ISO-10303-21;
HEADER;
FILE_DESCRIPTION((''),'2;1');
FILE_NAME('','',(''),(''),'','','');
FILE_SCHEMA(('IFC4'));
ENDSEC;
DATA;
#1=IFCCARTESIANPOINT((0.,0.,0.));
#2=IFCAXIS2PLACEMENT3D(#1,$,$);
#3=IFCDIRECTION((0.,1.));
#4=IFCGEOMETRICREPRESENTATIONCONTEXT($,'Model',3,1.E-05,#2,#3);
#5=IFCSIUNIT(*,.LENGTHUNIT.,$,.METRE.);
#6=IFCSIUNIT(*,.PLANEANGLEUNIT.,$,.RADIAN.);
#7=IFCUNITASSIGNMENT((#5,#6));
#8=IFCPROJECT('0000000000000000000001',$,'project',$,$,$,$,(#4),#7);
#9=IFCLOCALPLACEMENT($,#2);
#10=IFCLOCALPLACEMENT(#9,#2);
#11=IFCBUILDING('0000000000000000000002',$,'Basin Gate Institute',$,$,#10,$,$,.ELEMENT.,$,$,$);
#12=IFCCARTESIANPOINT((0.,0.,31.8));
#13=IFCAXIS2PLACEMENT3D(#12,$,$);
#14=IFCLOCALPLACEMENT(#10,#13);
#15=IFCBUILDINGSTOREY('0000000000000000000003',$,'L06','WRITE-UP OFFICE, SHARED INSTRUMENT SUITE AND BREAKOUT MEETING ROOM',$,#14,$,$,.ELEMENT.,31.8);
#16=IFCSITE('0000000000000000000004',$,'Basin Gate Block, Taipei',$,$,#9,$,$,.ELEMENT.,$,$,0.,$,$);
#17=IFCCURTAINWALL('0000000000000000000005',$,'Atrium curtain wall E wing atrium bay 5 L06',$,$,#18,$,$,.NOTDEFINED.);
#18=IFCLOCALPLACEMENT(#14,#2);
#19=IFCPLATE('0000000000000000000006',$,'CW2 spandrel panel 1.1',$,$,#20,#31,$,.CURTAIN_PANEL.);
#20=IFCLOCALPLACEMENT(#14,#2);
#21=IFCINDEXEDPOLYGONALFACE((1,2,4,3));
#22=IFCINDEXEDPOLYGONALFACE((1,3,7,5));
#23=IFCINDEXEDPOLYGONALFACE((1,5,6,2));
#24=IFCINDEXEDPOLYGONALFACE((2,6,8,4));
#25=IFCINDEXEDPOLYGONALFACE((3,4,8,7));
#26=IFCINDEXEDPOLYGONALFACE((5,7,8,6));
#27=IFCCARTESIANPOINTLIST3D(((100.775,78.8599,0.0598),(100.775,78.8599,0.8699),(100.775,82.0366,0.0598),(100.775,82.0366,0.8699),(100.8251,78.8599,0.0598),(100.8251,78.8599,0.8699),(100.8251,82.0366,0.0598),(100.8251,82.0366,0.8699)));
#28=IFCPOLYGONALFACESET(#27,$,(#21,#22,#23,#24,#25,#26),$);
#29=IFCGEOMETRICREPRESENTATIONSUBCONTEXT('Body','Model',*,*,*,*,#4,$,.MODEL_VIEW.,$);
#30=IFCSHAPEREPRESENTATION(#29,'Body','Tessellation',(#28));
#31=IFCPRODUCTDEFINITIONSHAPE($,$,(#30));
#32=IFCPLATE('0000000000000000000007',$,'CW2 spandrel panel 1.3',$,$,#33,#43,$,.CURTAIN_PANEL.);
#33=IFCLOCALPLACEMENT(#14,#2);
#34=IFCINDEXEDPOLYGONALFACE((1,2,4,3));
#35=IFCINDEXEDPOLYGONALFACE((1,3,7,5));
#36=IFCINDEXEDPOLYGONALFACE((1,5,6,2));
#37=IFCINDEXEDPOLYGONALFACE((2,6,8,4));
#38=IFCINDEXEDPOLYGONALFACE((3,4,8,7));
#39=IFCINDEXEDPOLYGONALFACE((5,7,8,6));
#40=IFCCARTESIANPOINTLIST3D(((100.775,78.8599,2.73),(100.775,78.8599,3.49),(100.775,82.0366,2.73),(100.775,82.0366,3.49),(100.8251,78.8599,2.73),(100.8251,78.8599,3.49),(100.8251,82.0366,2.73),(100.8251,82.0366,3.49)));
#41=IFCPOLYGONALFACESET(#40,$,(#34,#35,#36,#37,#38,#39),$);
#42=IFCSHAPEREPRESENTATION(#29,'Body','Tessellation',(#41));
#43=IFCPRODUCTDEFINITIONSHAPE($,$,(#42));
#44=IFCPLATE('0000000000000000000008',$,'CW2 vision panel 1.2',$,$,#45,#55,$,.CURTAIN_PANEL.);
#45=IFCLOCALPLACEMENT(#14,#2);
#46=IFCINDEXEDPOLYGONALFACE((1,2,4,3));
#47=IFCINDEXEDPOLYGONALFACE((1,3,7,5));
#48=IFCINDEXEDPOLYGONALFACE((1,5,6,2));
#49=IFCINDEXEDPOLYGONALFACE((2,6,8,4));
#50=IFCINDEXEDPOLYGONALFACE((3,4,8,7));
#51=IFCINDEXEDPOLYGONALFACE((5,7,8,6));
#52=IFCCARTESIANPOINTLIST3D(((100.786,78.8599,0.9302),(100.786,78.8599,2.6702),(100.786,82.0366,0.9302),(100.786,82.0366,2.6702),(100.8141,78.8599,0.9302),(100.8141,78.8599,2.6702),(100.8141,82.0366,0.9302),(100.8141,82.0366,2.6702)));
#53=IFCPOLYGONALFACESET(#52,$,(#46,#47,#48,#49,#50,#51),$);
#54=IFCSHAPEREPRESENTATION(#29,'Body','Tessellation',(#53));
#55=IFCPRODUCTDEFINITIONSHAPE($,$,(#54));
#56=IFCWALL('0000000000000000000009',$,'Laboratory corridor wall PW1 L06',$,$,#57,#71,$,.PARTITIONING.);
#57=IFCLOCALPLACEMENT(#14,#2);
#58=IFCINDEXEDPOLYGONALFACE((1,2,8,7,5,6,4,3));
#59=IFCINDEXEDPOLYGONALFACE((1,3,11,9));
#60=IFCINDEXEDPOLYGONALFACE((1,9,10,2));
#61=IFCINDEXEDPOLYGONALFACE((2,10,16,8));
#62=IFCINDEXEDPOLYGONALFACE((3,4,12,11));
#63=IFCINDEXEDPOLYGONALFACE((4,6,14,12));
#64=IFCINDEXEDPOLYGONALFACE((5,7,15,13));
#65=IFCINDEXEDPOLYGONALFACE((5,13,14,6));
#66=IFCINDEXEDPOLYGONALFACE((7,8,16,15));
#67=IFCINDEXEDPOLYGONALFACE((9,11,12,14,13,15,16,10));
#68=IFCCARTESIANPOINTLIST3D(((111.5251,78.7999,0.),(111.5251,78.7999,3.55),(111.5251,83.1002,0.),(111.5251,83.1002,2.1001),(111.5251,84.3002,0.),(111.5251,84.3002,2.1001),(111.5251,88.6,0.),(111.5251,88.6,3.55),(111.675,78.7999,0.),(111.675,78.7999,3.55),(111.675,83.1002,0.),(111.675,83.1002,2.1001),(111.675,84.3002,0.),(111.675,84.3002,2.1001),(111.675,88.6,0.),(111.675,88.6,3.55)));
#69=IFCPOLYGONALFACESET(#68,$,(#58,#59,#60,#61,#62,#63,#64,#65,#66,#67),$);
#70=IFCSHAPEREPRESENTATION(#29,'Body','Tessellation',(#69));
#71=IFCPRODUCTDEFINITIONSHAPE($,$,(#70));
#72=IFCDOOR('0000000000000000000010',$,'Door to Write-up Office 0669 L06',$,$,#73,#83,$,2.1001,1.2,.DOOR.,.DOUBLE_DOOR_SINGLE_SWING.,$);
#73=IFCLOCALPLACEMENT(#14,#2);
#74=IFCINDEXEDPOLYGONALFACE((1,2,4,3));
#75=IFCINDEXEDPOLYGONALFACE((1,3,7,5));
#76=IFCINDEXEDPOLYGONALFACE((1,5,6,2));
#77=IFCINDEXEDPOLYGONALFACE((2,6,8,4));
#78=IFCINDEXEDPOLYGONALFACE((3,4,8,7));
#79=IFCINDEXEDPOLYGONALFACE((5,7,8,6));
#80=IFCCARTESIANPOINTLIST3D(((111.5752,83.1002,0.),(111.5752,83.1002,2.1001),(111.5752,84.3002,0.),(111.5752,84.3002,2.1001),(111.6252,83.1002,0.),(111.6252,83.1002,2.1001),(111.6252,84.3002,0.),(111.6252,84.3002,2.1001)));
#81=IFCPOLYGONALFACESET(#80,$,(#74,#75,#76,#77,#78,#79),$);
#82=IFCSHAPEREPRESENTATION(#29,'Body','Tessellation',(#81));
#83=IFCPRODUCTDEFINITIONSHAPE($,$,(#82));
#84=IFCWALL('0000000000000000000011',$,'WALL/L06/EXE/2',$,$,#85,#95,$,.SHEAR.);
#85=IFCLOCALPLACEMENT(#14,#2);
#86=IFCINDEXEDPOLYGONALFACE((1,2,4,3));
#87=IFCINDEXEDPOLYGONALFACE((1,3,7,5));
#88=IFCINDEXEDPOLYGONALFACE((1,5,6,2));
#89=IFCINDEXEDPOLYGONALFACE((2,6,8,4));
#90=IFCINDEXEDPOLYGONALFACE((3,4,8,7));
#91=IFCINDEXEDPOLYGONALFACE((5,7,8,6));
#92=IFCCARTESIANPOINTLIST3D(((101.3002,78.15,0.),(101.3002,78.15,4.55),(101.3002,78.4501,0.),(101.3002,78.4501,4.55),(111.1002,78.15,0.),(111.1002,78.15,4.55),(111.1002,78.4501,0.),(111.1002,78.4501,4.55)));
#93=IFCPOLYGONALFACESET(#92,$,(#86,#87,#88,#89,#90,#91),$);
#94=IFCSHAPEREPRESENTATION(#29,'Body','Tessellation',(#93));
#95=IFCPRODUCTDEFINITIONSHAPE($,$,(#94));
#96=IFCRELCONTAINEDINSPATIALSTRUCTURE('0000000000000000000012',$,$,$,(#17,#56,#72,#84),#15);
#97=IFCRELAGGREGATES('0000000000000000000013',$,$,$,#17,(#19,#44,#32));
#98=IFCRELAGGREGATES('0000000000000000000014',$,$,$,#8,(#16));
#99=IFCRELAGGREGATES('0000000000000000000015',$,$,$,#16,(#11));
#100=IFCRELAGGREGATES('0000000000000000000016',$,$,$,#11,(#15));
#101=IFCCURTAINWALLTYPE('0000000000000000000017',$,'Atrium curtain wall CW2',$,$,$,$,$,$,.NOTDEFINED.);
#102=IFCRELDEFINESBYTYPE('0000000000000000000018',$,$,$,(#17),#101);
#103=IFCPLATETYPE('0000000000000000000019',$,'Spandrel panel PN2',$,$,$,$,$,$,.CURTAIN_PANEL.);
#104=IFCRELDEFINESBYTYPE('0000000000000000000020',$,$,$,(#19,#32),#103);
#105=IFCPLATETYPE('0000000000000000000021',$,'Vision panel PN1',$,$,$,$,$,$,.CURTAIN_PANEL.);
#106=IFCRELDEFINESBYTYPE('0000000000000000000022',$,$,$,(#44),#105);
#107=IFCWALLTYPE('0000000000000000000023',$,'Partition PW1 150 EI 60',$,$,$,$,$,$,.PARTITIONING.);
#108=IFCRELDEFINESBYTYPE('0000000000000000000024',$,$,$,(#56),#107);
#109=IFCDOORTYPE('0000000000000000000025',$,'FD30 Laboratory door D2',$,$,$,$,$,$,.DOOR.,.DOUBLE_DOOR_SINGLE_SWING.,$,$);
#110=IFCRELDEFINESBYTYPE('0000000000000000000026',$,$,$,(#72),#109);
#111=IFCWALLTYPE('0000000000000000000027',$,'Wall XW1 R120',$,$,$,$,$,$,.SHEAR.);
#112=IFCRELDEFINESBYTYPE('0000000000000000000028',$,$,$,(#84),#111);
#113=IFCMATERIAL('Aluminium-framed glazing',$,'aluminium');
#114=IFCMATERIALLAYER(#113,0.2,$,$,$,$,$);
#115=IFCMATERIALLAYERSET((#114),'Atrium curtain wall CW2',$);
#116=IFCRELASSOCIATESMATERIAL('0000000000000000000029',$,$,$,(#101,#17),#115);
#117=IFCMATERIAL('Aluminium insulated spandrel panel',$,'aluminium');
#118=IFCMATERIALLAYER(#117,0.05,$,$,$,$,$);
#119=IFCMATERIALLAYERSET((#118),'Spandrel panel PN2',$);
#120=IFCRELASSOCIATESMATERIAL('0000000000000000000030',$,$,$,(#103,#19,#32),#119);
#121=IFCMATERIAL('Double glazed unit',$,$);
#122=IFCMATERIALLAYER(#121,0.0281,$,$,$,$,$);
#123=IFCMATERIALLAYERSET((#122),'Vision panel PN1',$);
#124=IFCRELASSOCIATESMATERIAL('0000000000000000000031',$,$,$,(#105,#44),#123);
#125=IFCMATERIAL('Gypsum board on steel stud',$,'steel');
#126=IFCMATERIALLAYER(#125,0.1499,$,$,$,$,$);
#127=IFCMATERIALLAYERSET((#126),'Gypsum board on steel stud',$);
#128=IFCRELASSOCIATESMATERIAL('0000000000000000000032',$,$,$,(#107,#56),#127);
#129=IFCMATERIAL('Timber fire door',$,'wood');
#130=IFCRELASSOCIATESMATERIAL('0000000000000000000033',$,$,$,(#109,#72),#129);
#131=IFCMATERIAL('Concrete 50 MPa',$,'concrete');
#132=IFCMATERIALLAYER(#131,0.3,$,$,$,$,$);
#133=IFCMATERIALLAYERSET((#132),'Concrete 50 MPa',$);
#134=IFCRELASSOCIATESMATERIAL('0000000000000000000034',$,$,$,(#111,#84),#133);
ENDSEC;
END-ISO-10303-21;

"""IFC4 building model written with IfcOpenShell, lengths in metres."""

from ifc_helpers import new_model, si_unit, direction, frame, frame_2d, origin, origin_2d, place, context, subcontext, project, spatial, rectangle, extrude, material, layer, layer_set, type_object, element, fill, aggregate, save


model = new_model("IFC4")

# Units and contexts
model_context = context("Model", 3, precision=1e-05, world=origin(), true_north=direction((0.0, 1.0)))
body_context = subcontext(model_context, "Body", "Model", "MODEL_VIEW")
ifc_project = project(units=[si_unit("LENGTHUNIT", "METRE"), si_unit("PLANEANGLEUNIT", "RADIAN")], contexts=[model_context])

# Site, building, storey
site_placement = place(None, origin())
site = spatial("IfcSite", under=ifc_project, at=site_placement, Name="Basin Gate Block, Taipei", CompositionType="ELEMENT", RefElevation=0.0)
building_placement = place(site_placement, origin())
building = spatial("IfcBuilding", under=site, at=building_placement, Name="Basin Gate Institute", CompositionType="ELEMENT")
storey_placement = place(building_placement, frame((0.0, 0.0, 31.8)))
storey = spatial("IfcBuildingStorey", under=building, at=storey_placement, Name="L06", Description="WRITE-UP OFFICE, SHARED INSTRUMENT SUITE AND BREAKOUT MEETING ROOM", CompositionType="ELEMENT", Elevation=31.8)

# Shared definitions
ifc_material_1 = material(Name="Aluminium-framed glazing", Category="aluminium")
ifc_layer_1 = layer(ifc_material_1, 0.2)
ifc_layer_set_1 = layer_set([ifc_layer_1], Name="Atrium curtain wall CW2")
curtain_wall_type = type_object("IfcCurtainWallType", Name="Atrium curtain wall CW2", PredefinedType="NOTDEFINED", material=ifc_layer_set_1)

# Curtain wall
curtain_wall_1_placement = place(storey_placement, origin())
curtain_wall_1 = element("IfcCurtainWall", 1, at=curtain_wall_1_placement, inside=storey, type_object=curtain_wall_type, material=ifc_layer_set_1, Name="Atrium curtain wall E wing atrium bay 5 L06", PredefinedType="NOTDEFINED")

# Plates
ifc_material_2 = material(Name="Aluminium insulated spandrel panel", Category="aluminium")
ifc_layer_2 = layer(ifc_material_2, 0.05)
ifc_layer_set_2 = layer_set([ifc_layer_2], Name="Spandrel panel PN2")
plate_type_1 = type_object("IfcPlateType", Name="Spandrel panel PN2", PredefinedType="CURTAIN_PANEL", material=ifc_layer_set_2)
plate_1_placement = place(storey_placement, frame((100.8, 80.4482, 0.0598), z_axis=(0.0, 0.0, 1.0), x_axis=(0.0, 1.0, 0.0)))
plate_1 = element("IfcPlate", 2, at=plate_1_placement, type_object=plate_type_1, material=ifc_layer_set_2, Name="CW2 spandrel panel 1.1", PredefinedType="CURTAIN_PANEL", context=body_context, shape_type="SweptSolid", body=[
    extrude(rectangle(XDim=3.1768, YDim=0.05, at=origin_2d()), origin(), (0.0, 0.0, 1.0), 0.8101),
])
plate_2_placement = place(storey_placement, frame((100.8, 80.4482, 2.73), z_axis=(0.0, 0.0, 1.0), x_axis=(0.0, 1.0, 0.0)))
plate_2 = element("IfcPlate", 3, at=plate_2_placement, type_object=plate_type_1, material=ifc_layer_set_2, Name="CW2 spandrel panel 1.3", PredefinedType="CURTAIN_PANEL", context=body_context, shape_type="SweptSolid", body=[
    extrude(rectangle(XDim=3.1768, YDim=0.05, at=origin_2d()), origin(), (0.0, 0.0, 1.0), 0.76),
])
ifc_material_3 = material(Name="Double glazed unit")
ifc_layer_3 = layer(ifc_material_3, 0.0281)
ifc_layer_set_3 = layer_set([ifc_layer_3], Name="Vision panel PN1")
plate_type_2 = type_object("IfcPlateType", Name="Vision panel PN1", PredefinedType="CURTAIN_PANEL", material=ifc_layer_set_3)
plate_3_placement = place(storey_placement, frame((100.8, 80.4482, 0.9302), z_axis=(0.0, 0.0, 1.0), x_axis=(0.0, 1.0, 0.0)))
plate_3 = element("IfcPlate", 4, at=plate_3_placement, type_object=plate_type_2, material=ifc_layer_set_3, Name="CW2 vision panel 1.2", PredefinedType="CURTAIN_PANEL", context=body_context, shape_type="SweptSolid", body=[
    extrude(rectangle(XDim=3.1768, YDim=0.0281, at=origin_2d()), origin(), (0.0, 0.0, 1.0), 1.74),
])
aggregate(curtain_wall_1, [plate_1, plate_3, plate_2])

# Wall, opening, door
ifc_material_4 = material(Name="Gypsum board on steel stud", Category="steel")
ifc_layer_4 = layer(ifc_material_4, 0.1499)
ifc_layer_set_4 = layer_set([ifc_layer_4], Name="Gypsum board on steel stud")
wall_type_1 = type_object("IfcWallType", Name="Partition PW1 150 EI 60", PredefinedType="PARTITIONING", material=ifc_layer_set_4)
wall_1_placement = place(storey_placement, frame((111.6001, 78.8, 0.0), z_axis=(0.0, 0.0, 1.0), x_axis=(0.0, 1.0, 0.0)))
wall_1 = element("IfcWall", 5, at=wall_1_placement, inside=storey, type_object=wall_type_1, material=ifc_layer_set_4, Name="Laboratory corridor wall PW1 L06", PredefinedType="PARTITIONING", context=body_context, shape_type="SweptSolid", body=[
    extrude(rectangle(XDim=9.8, YDim=0.1499, at=frame_2d((4.8999, 0.0))), origin(), (0.0, 0.0, 1.0), 3.55),
])
opening_placement = place(wall_1_placement, frame((4.3, 0.0, 0.0)))
opening = element("IfcOpeningElement", 6, at=opening_placement, cuts=wall_1, PredefinedType="OPENING", context=body_context, shape_type="SweptSolid", body=[
    extrude(rectangle(XDim=1.2, YDim=2.1001, at=frame_2d((0.6001, 1.05))), frame((0.0, 0.085, 0.0), z_axis=(0.0, -1.0, 0.0), x_axis=(1.0, 0.0, 0.0)), (0.0, 0.0, 1.0), 0.1699),
])
ifc_material_5 = material(Name="Timber fire door", Category="wood")
door_type = type_object("IfcDoorType", Name="FD30 Laboratory door D2", OperationType="DOUBLE_DOOR_SINGLE_SWING", PredefinedType="DOOR", material=ifc_material_5)
door_placement = place(opening_placement, origin())
door = element("IfcDoor", 7, at=door_placement, inside=storey, type_object=door_type, material=ifc_material_5, Name="Door to Write-up Office 0669 L06", OperationType="DOUBLE_DOOR_SINGLE_SWING", OverallHeight=2.1001, OverallWidth=1.2, PredefinedType="DOOR", context=body_context, shape_type="SweptSolid", body=[
    extrude(rectangle(XDim=1.2, YDim=2.1001, at=frame_2d((0.6001, 1.05))), frame((0.0, 0.0249, 0.0), z_axis=(0.0, -1.0, 0.0), x_axis=(1.0, 0.0, 0.0)), (0.0, 0.0, 1.0), 0.05),
])
fill(opening, door)

# Wall
ifc_material_6 = material(Name="Concrete 50 MPa", Category="concrete")
ifc_layer_5 = layer(ifc_material_6, 0.3)
ifc_layer_set_5 = layer_set([ifc_layer_5], Name="Concrete 50 MPa")
wall_type_2 = type_object("IfcWallType", Name="Wall XW1 R120", PredefinedType="SHEAR", material=ifc_layer_set_5)
wall_2_placement = place(storey_placement, frame((111.1001, 78.3, 0.0), z_axis=(0.0, 0.0, 1.0), x_axis=(-1.0, 0.0, 0.0)))
element("IfcWall", 8, at=wall_2_placement, inside=storey, type_object=wall_type_2, material=ifc_layer_set_5, Name="WALL/L06/EXE/2", PredefinedType="SHEAR", context=body_context, shape_type="SweptSolid", body=[
    extrude(rectangle(XDim=9.8, YDim=0.3, at=frame_2d((4.8999, 0.0))), origin(), (0.0, 0.0, 1.0), 4.55),
])

save(model, "model.ifc")
